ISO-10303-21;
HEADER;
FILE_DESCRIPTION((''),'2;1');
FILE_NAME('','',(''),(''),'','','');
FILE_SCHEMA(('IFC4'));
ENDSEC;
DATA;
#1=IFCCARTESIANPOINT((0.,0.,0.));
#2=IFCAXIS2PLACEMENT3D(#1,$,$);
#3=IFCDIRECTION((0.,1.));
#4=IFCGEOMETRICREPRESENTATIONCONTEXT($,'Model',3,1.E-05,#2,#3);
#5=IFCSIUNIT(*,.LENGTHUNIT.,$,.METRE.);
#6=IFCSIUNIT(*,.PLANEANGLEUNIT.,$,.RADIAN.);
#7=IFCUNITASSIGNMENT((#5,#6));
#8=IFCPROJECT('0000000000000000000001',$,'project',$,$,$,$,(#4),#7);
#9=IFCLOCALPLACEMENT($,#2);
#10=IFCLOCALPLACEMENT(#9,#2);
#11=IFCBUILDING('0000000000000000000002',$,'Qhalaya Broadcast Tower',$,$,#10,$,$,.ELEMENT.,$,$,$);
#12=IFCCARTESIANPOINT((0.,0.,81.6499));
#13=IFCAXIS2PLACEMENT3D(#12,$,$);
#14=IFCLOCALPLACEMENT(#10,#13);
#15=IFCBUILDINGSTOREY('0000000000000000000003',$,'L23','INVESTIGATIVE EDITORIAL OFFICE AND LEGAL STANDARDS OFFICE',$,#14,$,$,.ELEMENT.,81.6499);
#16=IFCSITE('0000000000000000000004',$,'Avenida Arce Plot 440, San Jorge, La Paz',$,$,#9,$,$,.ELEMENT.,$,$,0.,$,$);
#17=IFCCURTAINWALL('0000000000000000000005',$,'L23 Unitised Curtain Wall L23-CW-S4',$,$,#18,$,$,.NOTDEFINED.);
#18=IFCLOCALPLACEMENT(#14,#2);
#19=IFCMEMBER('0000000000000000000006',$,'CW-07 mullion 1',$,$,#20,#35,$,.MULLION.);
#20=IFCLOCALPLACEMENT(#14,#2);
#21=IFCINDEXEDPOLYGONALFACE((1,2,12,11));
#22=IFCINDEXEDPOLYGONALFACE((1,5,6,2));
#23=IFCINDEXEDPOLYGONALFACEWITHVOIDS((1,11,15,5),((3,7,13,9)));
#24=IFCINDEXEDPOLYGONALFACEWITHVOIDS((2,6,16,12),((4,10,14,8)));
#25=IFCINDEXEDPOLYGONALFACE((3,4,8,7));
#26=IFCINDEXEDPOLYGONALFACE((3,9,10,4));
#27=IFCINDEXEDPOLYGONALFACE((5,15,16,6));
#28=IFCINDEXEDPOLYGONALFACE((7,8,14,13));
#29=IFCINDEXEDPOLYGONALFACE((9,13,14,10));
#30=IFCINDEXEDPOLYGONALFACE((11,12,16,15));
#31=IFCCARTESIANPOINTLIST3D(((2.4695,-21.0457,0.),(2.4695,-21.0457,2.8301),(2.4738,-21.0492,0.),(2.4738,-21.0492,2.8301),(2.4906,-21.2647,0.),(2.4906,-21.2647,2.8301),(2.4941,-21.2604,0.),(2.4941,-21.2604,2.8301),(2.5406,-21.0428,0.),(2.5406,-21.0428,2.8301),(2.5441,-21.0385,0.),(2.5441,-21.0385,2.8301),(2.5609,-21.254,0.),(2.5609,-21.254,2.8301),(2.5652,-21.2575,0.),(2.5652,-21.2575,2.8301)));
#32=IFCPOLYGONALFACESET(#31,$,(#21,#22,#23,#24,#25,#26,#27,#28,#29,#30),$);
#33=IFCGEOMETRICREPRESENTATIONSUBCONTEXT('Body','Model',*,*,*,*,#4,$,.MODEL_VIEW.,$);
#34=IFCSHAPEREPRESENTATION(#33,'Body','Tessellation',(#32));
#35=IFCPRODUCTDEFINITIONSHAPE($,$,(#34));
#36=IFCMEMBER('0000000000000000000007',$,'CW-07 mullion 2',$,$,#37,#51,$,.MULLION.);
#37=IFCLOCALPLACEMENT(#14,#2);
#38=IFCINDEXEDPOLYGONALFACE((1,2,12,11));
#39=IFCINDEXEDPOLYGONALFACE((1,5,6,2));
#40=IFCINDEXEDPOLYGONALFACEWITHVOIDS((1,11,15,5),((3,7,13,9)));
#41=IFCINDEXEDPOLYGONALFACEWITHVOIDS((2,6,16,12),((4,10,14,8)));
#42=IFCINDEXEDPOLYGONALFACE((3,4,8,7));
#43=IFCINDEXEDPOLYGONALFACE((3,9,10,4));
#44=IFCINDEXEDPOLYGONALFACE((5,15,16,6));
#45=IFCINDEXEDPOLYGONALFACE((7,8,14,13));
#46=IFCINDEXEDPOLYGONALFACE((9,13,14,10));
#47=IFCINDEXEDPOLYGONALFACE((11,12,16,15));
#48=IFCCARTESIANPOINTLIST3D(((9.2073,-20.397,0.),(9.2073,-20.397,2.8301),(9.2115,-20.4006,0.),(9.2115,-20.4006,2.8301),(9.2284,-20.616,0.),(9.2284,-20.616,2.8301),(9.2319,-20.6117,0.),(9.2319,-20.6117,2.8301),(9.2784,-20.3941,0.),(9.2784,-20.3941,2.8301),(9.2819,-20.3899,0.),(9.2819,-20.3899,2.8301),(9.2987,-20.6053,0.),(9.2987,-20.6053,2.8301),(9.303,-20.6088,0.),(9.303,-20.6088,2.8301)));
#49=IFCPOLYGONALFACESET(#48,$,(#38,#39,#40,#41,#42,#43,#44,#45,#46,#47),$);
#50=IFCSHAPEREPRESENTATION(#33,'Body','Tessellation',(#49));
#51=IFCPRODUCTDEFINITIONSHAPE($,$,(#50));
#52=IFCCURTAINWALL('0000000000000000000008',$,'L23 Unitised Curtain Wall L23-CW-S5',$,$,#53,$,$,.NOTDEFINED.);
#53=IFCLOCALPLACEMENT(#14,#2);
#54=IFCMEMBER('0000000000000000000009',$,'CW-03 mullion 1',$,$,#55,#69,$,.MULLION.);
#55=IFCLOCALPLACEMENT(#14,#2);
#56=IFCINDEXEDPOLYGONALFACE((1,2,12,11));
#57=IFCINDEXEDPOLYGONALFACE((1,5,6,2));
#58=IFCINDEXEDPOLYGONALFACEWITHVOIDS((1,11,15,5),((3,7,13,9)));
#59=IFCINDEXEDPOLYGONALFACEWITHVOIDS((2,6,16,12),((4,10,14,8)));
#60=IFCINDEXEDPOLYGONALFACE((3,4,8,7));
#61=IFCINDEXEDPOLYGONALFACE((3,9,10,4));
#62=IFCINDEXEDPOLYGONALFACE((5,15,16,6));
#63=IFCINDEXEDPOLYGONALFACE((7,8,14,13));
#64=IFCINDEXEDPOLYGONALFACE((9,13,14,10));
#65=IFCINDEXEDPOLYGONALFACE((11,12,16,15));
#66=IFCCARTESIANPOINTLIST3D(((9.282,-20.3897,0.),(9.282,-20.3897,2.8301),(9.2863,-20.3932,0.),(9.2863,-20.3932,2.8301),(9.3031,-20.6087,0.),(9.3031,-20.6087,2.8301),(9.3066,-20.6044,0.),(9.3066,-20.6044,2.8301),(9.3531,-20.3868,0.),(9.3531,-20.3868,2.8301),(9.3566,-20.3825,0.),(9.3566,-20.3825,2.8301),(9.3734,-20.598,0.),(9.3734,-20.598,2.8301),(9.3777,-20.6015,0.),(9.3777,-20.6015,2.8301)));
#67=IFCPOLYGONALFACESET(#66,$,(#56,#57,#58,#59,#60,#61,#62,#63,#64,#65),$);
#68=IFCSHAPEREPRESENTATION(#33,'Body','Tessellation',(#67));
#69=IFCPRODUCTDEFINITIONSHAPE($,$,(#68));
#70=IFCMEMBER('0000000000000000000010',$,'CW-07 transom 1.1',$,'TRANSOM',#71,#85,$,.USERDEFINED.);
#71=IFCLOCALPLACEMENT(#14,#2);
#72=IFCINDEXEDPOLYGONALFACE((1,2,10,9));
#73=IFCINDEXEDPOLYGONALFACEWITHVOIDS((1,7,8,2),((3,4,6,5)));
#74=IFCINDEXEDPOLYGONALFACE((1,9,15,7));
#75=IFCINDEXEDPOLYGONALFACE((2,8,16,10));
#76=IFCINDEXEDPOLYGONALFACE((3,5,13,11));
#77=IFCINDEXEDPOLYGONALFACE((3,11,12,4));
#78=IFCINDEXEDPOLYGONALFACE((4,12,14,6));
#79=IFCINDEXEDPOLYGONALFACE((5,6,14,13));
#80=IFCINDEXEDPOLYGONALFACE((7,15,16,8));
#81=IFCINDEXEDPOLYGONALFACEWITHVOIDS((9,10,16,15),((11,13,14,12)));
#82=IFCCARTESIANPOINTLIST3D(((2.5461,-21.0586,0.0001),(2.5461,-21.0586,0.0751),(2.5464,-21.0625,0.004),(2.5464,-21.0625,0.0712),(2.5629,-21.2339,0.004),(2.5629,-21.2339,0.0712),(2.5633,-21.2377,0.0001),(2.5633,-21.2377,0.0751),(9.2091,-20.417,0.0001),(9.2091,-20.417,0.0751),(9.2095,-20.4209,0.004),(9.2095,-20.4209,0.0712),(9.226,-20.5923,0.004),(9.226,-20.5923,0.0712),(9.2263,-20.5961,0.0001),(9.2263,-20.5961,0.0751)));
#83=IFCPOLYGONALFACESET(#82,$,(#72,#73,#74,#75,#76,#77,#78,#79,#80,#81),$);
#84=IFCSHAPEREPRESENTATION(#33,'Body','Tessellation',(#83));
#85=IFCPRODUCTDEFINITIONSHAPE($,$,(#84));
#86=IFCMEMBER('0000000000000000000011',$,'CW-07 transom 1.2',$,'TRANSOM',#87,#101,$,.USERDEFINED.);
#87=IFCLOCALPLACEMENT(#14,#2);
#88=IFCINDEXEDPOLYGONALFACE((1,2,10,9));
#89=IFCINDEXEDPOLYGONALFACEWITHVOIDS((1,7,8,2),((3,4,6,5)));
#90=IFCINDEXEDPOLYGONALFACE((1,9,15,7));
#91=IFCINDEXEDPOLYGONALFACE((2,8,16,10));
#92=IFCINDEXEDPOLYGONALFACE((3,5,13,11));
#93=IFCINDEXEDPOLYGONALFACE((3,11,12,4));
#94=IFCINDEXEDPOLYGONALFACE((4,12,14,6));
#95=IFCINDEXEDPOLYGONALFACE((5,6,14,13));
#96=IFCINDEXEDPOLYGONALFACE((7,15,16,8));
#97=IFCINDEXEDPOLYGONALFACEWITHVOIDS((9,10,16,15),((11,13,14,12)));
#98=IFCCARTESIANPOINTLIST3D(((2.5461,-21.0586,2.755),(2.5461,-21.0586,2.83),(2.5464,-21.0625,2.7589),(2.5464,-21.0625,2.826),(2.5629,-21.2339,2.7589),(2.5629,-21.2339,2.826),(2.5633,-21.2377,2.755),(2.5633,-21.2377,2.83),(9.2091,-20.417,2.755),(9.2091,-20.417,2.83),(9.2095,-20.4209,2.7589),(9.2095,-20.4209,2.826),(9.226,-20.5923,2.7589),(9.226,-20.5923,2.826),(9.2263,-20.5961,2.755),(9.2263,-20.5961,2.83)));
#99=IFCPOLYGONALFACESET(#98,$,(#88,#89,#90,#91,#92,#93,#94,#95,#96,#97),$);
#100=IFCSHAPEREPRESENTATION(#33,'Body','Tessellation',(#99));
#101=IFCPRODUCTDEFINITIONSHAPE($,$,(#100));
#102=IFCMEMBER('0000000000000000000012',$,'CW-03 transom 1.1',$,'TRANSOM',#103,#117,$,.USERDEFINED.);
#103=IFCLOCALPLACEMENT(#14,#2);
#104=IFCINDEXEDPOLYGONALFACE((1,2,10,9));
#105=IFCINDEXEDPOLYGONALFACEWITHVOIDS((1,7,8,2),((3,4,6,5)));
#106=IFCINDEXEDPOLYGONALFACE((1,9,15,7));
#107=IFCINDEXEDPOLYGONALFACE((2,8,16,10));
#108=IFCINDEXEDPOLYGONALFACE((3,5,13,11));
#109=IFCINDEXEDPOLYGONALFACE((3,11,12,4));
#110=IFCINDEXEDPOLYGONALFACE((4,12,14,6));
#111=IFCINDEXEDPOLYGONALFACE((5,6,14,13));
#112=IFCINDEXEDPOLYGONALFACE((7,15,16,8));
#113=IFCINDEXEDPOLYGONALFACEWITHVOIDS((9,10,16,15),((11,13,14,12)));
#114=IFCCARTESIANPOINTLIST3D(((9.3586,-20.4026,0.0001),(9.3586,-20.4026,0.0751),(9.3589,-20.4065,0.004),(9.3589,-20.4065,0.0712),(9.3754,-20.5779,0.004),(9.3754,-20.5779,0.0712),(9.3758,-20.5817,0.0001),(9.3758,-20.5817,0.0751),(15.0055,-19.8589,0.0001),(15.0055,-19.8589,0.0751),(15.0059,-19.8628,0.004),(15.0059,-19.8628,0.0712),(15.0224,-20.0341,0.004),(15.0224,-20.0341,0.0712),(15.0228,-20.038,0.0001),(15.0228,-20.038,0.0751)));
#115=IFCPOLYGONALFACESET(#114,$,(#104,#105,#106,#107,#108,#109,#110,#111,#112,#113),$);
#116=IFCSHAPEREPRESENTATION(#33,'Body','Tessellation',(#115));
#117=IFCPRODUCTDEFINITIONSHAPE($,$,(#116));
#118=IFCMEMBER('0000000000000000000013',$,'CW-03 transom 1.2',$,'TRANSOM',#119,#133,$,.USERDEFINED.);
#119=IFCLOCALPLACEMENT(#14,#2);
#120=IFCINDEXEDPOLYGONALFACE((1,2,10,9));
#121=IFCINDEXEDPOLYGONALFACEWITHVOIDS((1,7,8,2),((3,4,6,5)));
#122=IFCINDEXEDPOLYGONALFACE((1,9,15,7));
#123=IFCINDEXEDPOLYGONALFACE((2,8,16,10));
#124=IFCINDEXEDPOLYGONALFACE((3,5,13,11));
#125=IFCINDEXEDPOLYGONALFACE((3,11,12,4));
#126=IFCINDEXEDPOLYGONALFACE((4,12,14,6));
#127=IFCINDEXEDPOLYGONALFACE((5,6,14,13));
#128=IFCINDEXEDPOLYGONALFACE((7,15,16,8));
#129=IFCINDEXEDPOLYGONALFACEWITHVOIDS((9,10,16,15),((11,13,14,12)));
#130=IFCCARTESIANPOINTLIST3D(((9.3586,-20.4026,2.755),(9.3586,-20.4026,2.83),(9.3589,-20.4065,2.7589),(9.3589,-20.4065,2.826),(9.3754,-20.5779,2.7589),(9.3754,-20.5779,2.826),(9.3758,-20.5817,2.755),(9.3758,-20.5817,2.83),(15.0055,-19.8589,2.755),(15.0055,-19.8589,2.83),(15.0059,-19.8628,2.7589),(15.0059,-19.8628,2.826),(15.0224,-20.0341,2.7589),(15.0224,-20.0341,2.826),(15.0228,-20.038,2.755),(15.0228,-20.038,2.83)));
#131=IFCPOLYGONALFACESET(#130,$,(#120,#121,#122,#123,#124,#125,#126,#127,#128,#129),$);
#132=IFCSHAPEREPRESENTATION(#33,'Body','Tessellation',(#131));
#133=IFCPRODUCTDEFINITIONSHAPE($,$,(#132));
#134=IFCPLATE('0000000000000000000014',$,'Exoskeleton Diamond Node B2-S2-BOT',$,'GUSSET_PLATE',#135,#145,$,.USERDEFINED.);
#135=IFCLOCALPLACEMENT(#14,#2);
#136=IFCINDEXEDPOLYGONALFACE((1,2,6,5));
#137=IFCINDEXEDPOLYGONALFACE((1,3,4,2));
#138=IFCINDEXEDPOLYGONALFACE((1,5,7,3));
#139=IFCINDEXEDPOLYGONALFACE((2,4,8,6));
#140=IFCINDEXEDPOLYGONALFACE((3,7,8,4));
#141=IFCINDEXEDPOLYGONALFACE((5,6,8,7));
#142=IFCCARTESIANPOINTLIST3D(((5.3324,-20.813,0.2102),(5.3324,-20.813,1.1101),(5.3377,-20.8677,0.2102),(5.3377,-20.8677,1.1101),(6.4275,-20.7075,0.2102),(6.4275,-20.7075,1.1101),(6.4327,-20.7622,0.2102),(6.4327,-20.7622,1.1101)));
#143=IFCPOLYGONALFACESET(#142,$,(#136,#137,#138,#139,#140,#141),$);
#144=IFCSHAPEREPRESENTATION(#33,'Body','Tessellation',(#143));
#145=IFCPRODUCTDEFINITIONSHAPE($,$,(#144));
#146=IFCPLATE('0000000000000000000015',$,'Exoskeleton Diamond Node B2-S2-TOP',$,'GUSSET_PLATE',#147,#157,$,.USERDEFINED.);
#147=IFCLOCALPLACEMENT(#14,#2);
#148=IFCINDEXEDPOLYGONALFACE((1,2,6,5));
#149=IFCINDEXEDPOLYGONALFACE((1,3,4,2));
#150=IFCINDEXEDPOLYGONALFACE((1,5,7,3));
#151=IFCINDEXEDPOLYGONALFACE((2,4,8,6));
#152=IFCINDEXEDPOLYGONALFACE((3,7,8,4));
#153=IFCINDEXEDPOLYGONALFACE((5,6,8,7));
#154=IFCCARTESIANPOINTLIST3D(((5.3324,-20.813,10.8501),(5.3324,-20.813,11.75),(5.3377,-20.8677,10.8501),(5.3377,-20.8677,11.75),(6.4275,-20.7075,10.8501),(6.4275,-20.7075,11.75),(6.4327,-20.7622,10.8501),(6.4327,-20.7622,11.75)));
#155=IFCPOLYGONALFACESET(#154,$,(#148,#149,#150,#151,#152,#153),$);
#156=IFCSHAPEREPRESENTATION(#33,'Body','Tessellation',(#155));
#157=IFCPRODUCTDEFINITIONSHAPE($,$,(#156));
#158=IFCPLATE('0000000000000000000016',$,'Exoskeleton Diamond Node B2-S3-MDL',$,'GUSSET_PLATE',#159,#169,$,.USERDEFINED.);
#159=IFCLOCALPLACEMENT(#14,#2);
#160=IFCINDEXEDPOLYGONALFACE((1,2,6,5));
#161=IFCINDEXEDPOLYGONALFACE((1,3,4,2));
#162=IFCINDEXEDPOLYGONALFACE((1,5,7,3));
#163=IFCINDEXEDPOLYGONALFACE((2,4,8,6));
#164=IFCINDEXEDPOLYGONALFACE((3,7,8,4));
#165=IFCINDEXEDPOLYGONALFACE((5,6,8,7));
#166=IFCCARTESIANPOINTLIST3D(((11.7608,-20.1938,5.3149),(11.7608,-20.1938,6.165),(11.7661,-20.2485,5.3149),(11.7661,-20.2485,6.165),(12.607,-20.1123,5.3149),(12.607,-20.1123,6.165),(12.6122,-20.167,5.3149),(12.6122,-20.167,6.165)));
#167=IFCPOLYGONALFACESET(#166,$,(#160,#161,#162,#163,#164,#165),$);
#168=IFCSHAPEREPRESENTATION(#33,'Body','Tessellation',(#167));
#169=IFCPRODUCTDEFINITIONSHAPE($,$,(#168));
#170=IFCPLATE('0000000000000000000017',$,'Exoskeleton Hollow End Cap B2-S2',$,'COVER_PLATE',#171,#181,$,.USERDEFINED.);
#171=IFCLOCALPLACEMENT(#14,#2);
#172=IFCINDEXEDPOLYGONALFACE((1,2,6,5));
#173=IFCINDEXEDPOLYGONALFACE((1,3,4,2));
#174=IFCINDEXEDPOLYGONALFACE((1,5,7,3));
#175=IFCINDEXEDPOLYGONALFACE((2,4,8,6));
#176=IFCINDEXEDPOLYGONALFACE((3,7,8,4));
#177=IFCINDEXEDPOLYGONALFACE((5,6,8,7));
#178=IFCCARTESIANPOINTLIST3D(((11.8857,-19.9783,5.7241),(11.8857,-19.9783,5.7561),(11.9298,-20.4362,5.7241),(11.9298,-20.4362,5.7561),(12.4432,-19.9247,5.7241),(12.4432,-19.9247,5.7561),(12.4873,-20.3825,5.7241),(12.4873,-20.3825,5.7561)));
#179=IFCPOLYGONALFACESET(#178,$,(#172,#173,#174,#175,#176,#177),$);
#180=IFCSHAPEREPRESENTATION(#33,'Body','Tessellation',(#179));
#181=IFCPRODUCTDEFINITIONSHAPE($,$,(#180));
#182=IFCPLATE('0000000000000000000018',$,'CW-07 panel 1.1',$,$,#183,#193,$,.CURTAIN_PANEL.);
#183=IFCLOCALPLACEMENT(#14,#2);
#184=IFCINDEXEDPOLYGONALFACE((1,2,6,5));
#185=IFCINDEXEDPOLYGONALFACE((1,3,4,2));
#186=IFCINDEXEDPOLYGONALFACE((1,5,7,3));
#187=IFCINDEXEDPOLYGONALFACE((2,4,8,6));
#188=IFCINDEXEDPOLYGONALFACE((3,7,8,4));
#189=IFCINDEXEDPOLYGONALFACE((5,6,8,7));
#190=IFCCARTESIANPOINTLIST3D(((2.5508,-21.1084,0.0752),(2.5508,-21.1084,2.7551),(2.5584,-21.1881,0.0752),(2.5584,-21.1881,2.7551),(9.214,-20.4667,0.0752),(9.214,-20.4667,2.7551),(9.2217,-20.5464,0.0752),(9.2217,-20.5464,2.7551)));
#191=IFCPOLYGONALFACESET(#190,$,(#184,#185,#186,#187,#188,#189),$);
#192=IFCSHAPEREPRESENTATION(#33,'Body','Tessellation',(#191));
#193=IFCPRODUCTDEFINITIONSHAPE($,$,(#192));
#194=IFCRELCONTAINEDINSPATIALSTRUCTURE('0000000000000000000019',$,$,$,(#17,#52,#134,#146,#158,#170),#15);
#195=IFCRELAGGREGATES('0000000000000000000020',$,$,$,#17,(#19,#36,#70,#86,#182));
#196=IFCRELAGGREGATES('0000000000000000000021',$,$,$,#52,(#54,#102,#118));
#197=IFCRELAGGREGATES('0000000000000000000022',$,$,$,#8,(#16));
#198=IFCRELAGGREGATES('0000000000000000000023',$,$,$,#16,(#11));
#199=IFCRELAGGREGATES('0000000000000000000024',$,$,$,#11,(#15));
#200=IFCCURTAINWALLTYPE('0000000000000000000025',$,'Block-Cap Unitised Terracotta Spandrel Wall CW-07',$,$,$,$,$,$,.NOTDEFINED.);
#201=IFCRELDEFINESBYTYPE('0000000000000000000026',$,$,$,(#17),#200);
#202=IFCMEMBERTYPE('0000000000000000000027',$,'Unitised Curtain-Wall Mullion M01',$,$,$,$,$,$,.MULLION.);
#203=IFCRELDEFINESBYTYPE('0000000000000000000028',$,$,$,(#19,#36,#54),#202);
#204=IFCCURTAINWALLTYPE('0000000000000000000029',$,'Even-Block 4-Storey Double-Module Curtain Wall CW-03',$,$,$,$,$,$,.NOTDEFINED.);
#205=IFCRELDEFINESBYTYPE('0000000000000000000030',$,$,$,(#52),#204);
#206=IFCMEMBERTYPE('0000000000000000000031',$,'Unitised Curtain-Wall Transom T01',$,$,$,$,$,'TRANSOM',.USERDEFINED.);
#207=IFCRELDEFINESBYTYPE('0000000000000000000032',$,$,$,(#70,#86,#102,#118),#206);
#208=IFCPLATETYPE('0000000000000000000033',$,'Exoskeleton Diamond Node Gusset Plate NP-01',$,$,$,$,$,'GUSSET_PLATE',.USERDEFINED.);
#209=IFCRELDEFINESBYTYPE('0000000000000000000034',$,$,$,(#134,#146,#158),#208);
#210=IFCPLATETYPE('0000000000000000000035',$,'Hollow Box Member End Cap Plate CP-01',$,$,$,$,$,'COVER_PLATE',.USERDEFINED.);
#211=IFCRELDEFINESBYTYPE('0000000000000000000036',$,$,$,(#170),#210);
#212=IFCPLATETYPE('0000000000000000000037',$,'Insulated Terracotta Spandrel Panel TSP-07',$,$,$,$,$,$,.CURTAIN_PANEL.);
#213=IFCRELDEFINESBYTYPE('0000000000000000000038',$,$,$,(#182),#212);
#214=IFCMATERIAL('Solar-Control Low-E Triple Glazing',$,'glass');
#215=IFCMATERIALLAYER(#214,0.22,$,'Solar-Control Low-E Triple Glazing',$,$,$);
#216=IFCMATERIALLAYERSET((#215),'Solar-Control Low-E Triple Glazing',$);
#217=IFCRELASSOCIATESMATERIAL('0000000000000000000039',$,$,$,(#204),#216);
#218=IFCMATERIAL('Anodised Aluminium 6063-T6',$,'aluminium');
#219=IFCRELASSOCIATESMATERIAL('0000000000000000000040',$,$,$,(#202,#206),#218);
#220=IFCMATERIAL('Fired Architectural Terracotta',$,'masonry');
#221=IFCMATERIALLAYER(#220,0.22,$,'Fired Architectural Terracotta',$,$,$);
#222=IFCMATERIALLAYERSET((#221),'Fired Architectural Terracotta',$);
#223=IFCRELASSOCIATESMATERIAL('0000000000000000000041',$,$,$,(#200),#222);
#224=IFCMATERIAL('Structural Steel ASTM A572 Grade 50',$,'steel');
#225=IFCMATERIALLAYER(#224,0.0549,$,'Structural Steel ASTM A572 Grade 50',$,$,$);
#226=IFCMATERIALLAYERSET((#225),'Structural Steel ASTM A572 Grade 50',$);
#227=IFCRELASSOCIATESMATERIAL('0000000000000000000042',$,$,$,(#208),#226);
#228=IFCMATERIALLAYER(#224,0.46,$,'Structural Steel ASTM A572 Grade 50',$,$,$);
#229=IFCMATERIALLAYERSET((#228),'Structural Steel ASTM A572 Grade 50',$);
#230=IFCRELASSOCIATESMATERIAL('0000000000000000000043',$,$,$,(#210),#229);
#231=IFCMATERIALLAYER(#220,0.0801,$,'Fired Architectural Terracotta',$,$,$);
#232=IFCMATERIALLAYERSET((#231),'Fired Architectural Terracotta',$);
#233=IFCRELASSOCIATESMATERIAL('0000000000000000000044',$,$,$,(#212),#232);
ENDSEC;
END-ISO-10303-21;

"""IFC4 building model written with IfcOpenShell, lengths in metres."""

from ifc_helpers import new_model, si_unit, direction, frame, origin, origin_2d, place, context, subcontext, project, spatial, rectangle, hollow_rectangle, extrude, material, layer, layer_set, material_profile, profile_set, type_object, element, aggregate, save


model = new_model("IFC4")

# Units and contexts
model_context = context("Model", 3, precision=1e-05, world=origin(), true_north=direction((0.0, 1.0)))
body_context = subcontext(model_context, "Body", "Model", "MODEL_VIEW")
ifc_project = project(units=[si_unit("LENGTHUNIT", "METRE"), si_unit("PLANEANGLEUNIT", "RADIAN")], contexts=[model_context])

# Site, building, storey
site_placement = place(None, origin())
site = spatial("IfcSite", under=ifc_project, at=site_placement, Name="Avenida Arce Plot 440, San Jorge, La Paz", CompositionType="ELEMENT", RefElevation=0.0)
building_placement = place(site_placement, origin())
building = spatial("IfcBuilding", under=site, at=building_placement, Name="Qhalaya Broadcast Tower", CompositionType="ELEMENT")
storey_placement = place(building_placement, frame((0.0, 0.0, 81.6499)))
storey = spatial("IfcBuildingStorey", under=building, at=storey_placement, Name="L23", Description="INVESTIGATIVE EDITORIAL OFFICE AND LEGAL STANDARDS OFFICE", CompositionType="ELEMENT", Elevation=81.6499)

# Shared definitions
ifc_material_1 = material(Name="Structural Steel ASTM A572 Grade 50", Category="steel")

# Shared definitions
ifc_material_2 = material(Name="Solar-Control Low-E Triple Glazing", Category="glass")
ifc_layer_1 = layer(ifc_material_2, 0.22, Name="Solar-Control Low-E Triple Glazing")
ifc_layer_set_1 = layer_set([ifc_layer_1], Name="Solar-Control Low-E Triple Glazing")
curtain_wall_type_1 = type_object("IfcCurtainWallType", Name="Even-Block 4-Storey Double-Module Curtain Wall CW-03", PredefinedType="NOTDEFINED", material=ifc_layer_set_1)
ifc_material_3 = material(Name="Anodised Aluminium 6063-T6", Category="aluminium")
ifc_material_profile_1 = material_profile(ifc_material_3, hollow_rectangle(XDim=0.075, YDim=0.22, WallThickness=0.0039, at=origin_2d()), Name="ALU-MUL 75x220x4")
ifc_profile_set_1 = profile_set([ifc_material_profile_1], Name="Anodised Aluminium 6063-T6")
member_type_1 = type_object("IfcMemberType", Name="Unitised Curtain-Wall Mullion M01", PredefinedType="MULLION", material=ifc_profile_set_1)

# Curtain wall, members
ifc_material_4 = material(Name="Fired Architectural Terracotta", Category="masonry")
ifc_layer_2 = layer(ifc_material_4, 0.22, Name="Fired Architectural Terracotta")
ifc_layer_set_2 = layer_set([ifc_layer_2], Name="Fired Architectural Terracotta")
curtain_wall_type_2 = type_object("IfcCurtainWallType", Name="Block-Cap Unitised Terracotta Spandrel Wall CW-07", PredefinedType="NOTDEFINED", material=ifc_layer_set_2)
curtain_wall_1_placement = place(storey_placement, origin())
curtain_wall_1 = element("IfcCurtainWall", 1, at=curtain_wall_1_placement, inside=storey, type_object=curtain_wall_type_2, Name="L23 Unitised Curtain Wall L23-CW-S4", PredefinedType="NOTDEFINED")
member_1_placement = place(storey_placement, frame((2.5173, -21.1516, 0.0), z_axis=(0.0, 0.0, 1.0), x_axis=(0.995396, 0.09585, 0.0)))
member_1 = element("IfcMember", 2, at=member_1_placement, type_object=member_type_1, Name="CW-07 mullion 1", PredefinedType="MULLION", context=body_context, shape_type="SweptSolid", body=[
    extrude(hollow_rectangle(XDim=0.075, YDim=0.22, WallThickness=0.0039, at=origin_2d()), origin(), (0.0, 0.0, 1.0), 2.8301),
])
member_2_placement = place(storey_placement, frame((9.2551, -20.5029, 0.0), z_axis=(0.0, 0.0, 1.0), x_axis=(0.995396, 0.09585, 0.0)))
member_2 = element("IfcMember", 3, at=member_2_placement, type_object=member_type_1, Name="CW-07 mullion 2", PredefinedType="MULLION", context=body_context, shape_type="SweptSolid", body=[
    extrude(hollow_rectangle(XDim=0.075, YDim=0.22, WallThickness=0.0039, at=origin_2d()), origin(), (0.0, 0.0, 1.0), 2.8301),
])

# Curtain wall, member
curtain_wall_2_placement = place(storey_placement, origin())
curtain_wall_2 = element("IfcCurtainWall", 4, at=curtain_wall_2_placement, inside=storey, type_object=curtain_wall_type_1, Name="L23 Unitised Curtain Wall L23-CW-S5", PredefinedType="NOTDEFINED")
member_3_placement = place(storey_placement, frame((9.3298, -20.4956, 0.0), z_axis=(0.0, 0.0, 1.0), x_axis=(0.995396, 0.095844, 0.0)))
member_3 = element("IfcMember", 5, at=member_3_placement, type_object=member_type_1, Name="CW-03 mullion 1", PredefinedType="MULLION", context=body_context, shape_type="SweptSolid", body=[
    extrude(hollow_rectangle(XDim=0.075, YDim=0.22, WallThickness=0.0039, at=origin_2d()), origin(), (0.0, 0.0, 1.0), 2.8301),
])

# Members
ifc_material_profile_2 = material_profile(ifc_material_3, hollow_rectangle(XDim=0.075, YDim=0.1799, WallThickness=0.0039, at=origin_2d()), Name="ALU-TRN 75x180x4")
ifc_profile_set_2 = profile_set([ifc_material_profile_2], Name="Anodised Aluminium 6063-T6")
member_type_2 = type_object("IfcMemberType", Name="Unitised Curtain-Wall Transom T01", ElementType="TRANSOM", PredefinedType="USERDEFINED", material=ifc_profile_set_2)
member_4_placement = place(storey_placement, frame((2.5547, -21.1482, 0.0376), z_axis=(0.995396, 0.095849, 0.0), x_axis=(0.0, 0.0, 1.0)))
member_4 = element("IfcMember", 6, at=member_4_placement, type_object=member_type_2, Name="CW-07 transom 1.1", ObjectType="TRANSOM", PredefinedType="USERDEFINED", context=body_context, shape_type="SweptSolid", body=[
    extrude(hollow_rectangle(XDim=0.075, YDim=0.1799, WallThickness=0.0039, at=origin_2d()), origin(), (0.0, 0.0, 1.0), 6.6938),
])
member_5_placement = place(storey_placement, frame((2.5547, -21.1482, 2.7925), z_axis=(0.995396, 0.095849, 0.0), x_axis=(0.0, 0.0, 1.0)))
member_5 = element("IfcMember", 7, at=member_5_placement, type_object=member_type_2, Name="CW-07 transom 1.2", ObjectType="TRANSOM", PredefinedType="USERDEFINED", context=body_context, shape_type="SweptSolid", body=[
    extrude(hollow_rectangle(XDim=0.075, YDim=0.1799, WallThickness=0.0039, at=origin_2d()), origin(), (0.0, 0.0, 1.0), 6.6938),
])
member_6_placement = place(storey_placement, frame((9.3672, -20.4922, 0.0376), z_axis=(0.995397, 0.095839, 0.0), x_axis=(0.0, 0.0, 1.0)))
member_6 = element("IfcMember", 8, at=member_6_placement, type_object=member_type_2, Name="CW-03 transom 1.1", ObjectType="TRANSOM", PredefinedType="USERDEFINED", context=body_context, shape_type="SweptSolid", body=[
    extrude(hollow_rectangle(XDim=0.075, YDim=0.1799, WallThickness=0.0039, at=origin_2d()), origin(), (0.0, 0.0, 1.0), 5.6731),
])
member_7_placement = place(storey_placement, frame((9.3672, -20.4922, 2.7925), z_axis=(0.995397, 0.095839, 0.0), x_axis=(0.0, 0.0, 1.0)))
member_7 = element("IfcMember", 9, at=member_7_placement, type_object=member_type_2, Name="CW-03 transom 1.2", ObjectType="TRANSOM", PredefinedType="USERDEFINED", context=body_context, shape_type="SweptSolid", body=[
    extrude(hollow_rectangle(XDim=0.075, YDim=0.1799, WallThickness=0.0039, at=origin_2d()), origin(), (0.0, 0.0, 1.0), 5.6731),
])

# Plates
ifc_layer_3 = layer(ifc_material_1, 0.0549, Name="Structural Steel ASTM A572 Grade 50")
ifc_layer_set_3 = layer_set([ifc_layer_3], Name="Structural Steel ASTM A572 Grade 50")
plate_type_1 = type_object("IfcPlateType", Name="Exoskeleton Diamond Node Gusset Plate NP-01", ElementType="GUSSET_PLATE", PredefinedType="USERDEFINED", material=ifc_layer_set_3)
for number, where, z_axis, x_axis, name in (
    (10, (5.8826, -20.7876, 0.2102), (0.0, 0.0, 1.0), (0.995396, 0.095846, 0.0), "Exoskeleton Diamond Node B2-S2-BOT"),
    (11, (5.8826, -20.7876, 10.8501), (0.0, 0.0, 1.0), (0.995396, 0.095846, 0.0), "Exoskeleton Diamond Node B2-S2-TOP"),
):
    element("IfcPlate", number, at=place(storey_placement, frame(where, z_axis=z_axis, x_axis=x_axis)), inside=storey, type_object=plate_type_1, Name=name, ObjectType="GUSSET_PLATE", PredefinedType="USERDEFINED", context=body_context, shape_type="SweptSolid", body=[
        extrude(rectangle(XDim=1.1001, YDim=0.0549, at=origin_2d()), origin(), (0.0, 0.0, 1.0), 0.8999),
    ])
plate_1_placement = place(storey_placement, frame((12.1865, -20.1804, 5.3149), z_axis=(0.0, 0.0, 1.0), x_axis=(0.995396, 0.095846, 0.0)))
element("IfcPlate", 12, at=plate_1_placement, inside=storey, type_object=plate_type_1, Name="Exoskeleton Diamond Node B2-S3-MDL", ObjectType="GUSSET_PLATE", PredefinedType="USERDEFINED", context=body_context, shape_type="SweptSolid", body=[
    extrude(rectangle(XDim=0.8501, YDim=0.0549, at=origin_2d()), origin(), (0.0, 0.0, 1.0), 0.8501),
])
ifc_layer_4 = layer(ifc_material_1, 0.46, Name="Structural Steel ASTM A572 Grade 50")
ifc_layer_set_4 = layer_set([ifc_layer_4], Name="Structural Steel ASTM A572 Grade 50")
plate_type_2 = type_object("IfcPlateType", Name="Hollow Box Member End Cap Plate CP-01", ElementType="COVER_PLATE", PredefinedType="USERDEFINED", material=ifc_layer_set_4)
plate_2_placement = place(storey_placement, frame((12.1865, -20.1804, 5.7241), z_axis=(0.0, 0.0, 1.0), x_axis=(0.995396, 0.095846, 0.0)))
element("IfcPlate", 13, at=plate_2_placement, inside=storey, type_object=plate_type_2, Name="Exoskeleton Hollow End Cap B2-S2", ObjectType="COVER_PLATE", PredefinedType="USERDEFINED", context=body_context, shape_type="SweptSolid", body=[
    extrude(rectangle(XDim=0.5601, YDim=0.46, at=origin_2d()), origin(), (0.0, 0.0, 1.0), 0.032),
])

# Plate
ifc_layer_5 = layer(ifc_material_4, 0.0801, Name="Fired Architectural Terracotta")
ifc_layer_set_5 = layer_set([ifc_layer_5], Name="Fired Architectural Terracotta")
plate_type_3 = type_object("IfcPlateType", Name="Insulated Terracotta Spandrel Panel TSP-07", PredefinedType="CURTAIN_PANEL", material=ifc_layer_set_5)
plate_3_placement = place(storey_placement, frame((5.8862, -20.8274, 0.0752), z_axis=(0.0, 0.0, 1.0), x_axis=(0.995396, 0.09585, 0.0)))
plate_3 = element("IfcPlate", 14, at=plate_3_placement, type_object=plate_type_3, Name="CW-07 panel 1.1", PredefinedType="CURTAIN_PANEL", context=body_context, shape_type="SweptSolid", body=[
    extrude(rectangle(XDim=6.6941, YDim=0.0801, at=origin_2d()), origin(), (0.0, 0.0, 1.0), 2.6799),
])
aggregate(curtain_wall_1, [member_1, member_2, member_4, member_5, plate_3])
aggregate(curtain_wall_2, [member_3, member_6, member_7])

save(model, "model.ifc")
